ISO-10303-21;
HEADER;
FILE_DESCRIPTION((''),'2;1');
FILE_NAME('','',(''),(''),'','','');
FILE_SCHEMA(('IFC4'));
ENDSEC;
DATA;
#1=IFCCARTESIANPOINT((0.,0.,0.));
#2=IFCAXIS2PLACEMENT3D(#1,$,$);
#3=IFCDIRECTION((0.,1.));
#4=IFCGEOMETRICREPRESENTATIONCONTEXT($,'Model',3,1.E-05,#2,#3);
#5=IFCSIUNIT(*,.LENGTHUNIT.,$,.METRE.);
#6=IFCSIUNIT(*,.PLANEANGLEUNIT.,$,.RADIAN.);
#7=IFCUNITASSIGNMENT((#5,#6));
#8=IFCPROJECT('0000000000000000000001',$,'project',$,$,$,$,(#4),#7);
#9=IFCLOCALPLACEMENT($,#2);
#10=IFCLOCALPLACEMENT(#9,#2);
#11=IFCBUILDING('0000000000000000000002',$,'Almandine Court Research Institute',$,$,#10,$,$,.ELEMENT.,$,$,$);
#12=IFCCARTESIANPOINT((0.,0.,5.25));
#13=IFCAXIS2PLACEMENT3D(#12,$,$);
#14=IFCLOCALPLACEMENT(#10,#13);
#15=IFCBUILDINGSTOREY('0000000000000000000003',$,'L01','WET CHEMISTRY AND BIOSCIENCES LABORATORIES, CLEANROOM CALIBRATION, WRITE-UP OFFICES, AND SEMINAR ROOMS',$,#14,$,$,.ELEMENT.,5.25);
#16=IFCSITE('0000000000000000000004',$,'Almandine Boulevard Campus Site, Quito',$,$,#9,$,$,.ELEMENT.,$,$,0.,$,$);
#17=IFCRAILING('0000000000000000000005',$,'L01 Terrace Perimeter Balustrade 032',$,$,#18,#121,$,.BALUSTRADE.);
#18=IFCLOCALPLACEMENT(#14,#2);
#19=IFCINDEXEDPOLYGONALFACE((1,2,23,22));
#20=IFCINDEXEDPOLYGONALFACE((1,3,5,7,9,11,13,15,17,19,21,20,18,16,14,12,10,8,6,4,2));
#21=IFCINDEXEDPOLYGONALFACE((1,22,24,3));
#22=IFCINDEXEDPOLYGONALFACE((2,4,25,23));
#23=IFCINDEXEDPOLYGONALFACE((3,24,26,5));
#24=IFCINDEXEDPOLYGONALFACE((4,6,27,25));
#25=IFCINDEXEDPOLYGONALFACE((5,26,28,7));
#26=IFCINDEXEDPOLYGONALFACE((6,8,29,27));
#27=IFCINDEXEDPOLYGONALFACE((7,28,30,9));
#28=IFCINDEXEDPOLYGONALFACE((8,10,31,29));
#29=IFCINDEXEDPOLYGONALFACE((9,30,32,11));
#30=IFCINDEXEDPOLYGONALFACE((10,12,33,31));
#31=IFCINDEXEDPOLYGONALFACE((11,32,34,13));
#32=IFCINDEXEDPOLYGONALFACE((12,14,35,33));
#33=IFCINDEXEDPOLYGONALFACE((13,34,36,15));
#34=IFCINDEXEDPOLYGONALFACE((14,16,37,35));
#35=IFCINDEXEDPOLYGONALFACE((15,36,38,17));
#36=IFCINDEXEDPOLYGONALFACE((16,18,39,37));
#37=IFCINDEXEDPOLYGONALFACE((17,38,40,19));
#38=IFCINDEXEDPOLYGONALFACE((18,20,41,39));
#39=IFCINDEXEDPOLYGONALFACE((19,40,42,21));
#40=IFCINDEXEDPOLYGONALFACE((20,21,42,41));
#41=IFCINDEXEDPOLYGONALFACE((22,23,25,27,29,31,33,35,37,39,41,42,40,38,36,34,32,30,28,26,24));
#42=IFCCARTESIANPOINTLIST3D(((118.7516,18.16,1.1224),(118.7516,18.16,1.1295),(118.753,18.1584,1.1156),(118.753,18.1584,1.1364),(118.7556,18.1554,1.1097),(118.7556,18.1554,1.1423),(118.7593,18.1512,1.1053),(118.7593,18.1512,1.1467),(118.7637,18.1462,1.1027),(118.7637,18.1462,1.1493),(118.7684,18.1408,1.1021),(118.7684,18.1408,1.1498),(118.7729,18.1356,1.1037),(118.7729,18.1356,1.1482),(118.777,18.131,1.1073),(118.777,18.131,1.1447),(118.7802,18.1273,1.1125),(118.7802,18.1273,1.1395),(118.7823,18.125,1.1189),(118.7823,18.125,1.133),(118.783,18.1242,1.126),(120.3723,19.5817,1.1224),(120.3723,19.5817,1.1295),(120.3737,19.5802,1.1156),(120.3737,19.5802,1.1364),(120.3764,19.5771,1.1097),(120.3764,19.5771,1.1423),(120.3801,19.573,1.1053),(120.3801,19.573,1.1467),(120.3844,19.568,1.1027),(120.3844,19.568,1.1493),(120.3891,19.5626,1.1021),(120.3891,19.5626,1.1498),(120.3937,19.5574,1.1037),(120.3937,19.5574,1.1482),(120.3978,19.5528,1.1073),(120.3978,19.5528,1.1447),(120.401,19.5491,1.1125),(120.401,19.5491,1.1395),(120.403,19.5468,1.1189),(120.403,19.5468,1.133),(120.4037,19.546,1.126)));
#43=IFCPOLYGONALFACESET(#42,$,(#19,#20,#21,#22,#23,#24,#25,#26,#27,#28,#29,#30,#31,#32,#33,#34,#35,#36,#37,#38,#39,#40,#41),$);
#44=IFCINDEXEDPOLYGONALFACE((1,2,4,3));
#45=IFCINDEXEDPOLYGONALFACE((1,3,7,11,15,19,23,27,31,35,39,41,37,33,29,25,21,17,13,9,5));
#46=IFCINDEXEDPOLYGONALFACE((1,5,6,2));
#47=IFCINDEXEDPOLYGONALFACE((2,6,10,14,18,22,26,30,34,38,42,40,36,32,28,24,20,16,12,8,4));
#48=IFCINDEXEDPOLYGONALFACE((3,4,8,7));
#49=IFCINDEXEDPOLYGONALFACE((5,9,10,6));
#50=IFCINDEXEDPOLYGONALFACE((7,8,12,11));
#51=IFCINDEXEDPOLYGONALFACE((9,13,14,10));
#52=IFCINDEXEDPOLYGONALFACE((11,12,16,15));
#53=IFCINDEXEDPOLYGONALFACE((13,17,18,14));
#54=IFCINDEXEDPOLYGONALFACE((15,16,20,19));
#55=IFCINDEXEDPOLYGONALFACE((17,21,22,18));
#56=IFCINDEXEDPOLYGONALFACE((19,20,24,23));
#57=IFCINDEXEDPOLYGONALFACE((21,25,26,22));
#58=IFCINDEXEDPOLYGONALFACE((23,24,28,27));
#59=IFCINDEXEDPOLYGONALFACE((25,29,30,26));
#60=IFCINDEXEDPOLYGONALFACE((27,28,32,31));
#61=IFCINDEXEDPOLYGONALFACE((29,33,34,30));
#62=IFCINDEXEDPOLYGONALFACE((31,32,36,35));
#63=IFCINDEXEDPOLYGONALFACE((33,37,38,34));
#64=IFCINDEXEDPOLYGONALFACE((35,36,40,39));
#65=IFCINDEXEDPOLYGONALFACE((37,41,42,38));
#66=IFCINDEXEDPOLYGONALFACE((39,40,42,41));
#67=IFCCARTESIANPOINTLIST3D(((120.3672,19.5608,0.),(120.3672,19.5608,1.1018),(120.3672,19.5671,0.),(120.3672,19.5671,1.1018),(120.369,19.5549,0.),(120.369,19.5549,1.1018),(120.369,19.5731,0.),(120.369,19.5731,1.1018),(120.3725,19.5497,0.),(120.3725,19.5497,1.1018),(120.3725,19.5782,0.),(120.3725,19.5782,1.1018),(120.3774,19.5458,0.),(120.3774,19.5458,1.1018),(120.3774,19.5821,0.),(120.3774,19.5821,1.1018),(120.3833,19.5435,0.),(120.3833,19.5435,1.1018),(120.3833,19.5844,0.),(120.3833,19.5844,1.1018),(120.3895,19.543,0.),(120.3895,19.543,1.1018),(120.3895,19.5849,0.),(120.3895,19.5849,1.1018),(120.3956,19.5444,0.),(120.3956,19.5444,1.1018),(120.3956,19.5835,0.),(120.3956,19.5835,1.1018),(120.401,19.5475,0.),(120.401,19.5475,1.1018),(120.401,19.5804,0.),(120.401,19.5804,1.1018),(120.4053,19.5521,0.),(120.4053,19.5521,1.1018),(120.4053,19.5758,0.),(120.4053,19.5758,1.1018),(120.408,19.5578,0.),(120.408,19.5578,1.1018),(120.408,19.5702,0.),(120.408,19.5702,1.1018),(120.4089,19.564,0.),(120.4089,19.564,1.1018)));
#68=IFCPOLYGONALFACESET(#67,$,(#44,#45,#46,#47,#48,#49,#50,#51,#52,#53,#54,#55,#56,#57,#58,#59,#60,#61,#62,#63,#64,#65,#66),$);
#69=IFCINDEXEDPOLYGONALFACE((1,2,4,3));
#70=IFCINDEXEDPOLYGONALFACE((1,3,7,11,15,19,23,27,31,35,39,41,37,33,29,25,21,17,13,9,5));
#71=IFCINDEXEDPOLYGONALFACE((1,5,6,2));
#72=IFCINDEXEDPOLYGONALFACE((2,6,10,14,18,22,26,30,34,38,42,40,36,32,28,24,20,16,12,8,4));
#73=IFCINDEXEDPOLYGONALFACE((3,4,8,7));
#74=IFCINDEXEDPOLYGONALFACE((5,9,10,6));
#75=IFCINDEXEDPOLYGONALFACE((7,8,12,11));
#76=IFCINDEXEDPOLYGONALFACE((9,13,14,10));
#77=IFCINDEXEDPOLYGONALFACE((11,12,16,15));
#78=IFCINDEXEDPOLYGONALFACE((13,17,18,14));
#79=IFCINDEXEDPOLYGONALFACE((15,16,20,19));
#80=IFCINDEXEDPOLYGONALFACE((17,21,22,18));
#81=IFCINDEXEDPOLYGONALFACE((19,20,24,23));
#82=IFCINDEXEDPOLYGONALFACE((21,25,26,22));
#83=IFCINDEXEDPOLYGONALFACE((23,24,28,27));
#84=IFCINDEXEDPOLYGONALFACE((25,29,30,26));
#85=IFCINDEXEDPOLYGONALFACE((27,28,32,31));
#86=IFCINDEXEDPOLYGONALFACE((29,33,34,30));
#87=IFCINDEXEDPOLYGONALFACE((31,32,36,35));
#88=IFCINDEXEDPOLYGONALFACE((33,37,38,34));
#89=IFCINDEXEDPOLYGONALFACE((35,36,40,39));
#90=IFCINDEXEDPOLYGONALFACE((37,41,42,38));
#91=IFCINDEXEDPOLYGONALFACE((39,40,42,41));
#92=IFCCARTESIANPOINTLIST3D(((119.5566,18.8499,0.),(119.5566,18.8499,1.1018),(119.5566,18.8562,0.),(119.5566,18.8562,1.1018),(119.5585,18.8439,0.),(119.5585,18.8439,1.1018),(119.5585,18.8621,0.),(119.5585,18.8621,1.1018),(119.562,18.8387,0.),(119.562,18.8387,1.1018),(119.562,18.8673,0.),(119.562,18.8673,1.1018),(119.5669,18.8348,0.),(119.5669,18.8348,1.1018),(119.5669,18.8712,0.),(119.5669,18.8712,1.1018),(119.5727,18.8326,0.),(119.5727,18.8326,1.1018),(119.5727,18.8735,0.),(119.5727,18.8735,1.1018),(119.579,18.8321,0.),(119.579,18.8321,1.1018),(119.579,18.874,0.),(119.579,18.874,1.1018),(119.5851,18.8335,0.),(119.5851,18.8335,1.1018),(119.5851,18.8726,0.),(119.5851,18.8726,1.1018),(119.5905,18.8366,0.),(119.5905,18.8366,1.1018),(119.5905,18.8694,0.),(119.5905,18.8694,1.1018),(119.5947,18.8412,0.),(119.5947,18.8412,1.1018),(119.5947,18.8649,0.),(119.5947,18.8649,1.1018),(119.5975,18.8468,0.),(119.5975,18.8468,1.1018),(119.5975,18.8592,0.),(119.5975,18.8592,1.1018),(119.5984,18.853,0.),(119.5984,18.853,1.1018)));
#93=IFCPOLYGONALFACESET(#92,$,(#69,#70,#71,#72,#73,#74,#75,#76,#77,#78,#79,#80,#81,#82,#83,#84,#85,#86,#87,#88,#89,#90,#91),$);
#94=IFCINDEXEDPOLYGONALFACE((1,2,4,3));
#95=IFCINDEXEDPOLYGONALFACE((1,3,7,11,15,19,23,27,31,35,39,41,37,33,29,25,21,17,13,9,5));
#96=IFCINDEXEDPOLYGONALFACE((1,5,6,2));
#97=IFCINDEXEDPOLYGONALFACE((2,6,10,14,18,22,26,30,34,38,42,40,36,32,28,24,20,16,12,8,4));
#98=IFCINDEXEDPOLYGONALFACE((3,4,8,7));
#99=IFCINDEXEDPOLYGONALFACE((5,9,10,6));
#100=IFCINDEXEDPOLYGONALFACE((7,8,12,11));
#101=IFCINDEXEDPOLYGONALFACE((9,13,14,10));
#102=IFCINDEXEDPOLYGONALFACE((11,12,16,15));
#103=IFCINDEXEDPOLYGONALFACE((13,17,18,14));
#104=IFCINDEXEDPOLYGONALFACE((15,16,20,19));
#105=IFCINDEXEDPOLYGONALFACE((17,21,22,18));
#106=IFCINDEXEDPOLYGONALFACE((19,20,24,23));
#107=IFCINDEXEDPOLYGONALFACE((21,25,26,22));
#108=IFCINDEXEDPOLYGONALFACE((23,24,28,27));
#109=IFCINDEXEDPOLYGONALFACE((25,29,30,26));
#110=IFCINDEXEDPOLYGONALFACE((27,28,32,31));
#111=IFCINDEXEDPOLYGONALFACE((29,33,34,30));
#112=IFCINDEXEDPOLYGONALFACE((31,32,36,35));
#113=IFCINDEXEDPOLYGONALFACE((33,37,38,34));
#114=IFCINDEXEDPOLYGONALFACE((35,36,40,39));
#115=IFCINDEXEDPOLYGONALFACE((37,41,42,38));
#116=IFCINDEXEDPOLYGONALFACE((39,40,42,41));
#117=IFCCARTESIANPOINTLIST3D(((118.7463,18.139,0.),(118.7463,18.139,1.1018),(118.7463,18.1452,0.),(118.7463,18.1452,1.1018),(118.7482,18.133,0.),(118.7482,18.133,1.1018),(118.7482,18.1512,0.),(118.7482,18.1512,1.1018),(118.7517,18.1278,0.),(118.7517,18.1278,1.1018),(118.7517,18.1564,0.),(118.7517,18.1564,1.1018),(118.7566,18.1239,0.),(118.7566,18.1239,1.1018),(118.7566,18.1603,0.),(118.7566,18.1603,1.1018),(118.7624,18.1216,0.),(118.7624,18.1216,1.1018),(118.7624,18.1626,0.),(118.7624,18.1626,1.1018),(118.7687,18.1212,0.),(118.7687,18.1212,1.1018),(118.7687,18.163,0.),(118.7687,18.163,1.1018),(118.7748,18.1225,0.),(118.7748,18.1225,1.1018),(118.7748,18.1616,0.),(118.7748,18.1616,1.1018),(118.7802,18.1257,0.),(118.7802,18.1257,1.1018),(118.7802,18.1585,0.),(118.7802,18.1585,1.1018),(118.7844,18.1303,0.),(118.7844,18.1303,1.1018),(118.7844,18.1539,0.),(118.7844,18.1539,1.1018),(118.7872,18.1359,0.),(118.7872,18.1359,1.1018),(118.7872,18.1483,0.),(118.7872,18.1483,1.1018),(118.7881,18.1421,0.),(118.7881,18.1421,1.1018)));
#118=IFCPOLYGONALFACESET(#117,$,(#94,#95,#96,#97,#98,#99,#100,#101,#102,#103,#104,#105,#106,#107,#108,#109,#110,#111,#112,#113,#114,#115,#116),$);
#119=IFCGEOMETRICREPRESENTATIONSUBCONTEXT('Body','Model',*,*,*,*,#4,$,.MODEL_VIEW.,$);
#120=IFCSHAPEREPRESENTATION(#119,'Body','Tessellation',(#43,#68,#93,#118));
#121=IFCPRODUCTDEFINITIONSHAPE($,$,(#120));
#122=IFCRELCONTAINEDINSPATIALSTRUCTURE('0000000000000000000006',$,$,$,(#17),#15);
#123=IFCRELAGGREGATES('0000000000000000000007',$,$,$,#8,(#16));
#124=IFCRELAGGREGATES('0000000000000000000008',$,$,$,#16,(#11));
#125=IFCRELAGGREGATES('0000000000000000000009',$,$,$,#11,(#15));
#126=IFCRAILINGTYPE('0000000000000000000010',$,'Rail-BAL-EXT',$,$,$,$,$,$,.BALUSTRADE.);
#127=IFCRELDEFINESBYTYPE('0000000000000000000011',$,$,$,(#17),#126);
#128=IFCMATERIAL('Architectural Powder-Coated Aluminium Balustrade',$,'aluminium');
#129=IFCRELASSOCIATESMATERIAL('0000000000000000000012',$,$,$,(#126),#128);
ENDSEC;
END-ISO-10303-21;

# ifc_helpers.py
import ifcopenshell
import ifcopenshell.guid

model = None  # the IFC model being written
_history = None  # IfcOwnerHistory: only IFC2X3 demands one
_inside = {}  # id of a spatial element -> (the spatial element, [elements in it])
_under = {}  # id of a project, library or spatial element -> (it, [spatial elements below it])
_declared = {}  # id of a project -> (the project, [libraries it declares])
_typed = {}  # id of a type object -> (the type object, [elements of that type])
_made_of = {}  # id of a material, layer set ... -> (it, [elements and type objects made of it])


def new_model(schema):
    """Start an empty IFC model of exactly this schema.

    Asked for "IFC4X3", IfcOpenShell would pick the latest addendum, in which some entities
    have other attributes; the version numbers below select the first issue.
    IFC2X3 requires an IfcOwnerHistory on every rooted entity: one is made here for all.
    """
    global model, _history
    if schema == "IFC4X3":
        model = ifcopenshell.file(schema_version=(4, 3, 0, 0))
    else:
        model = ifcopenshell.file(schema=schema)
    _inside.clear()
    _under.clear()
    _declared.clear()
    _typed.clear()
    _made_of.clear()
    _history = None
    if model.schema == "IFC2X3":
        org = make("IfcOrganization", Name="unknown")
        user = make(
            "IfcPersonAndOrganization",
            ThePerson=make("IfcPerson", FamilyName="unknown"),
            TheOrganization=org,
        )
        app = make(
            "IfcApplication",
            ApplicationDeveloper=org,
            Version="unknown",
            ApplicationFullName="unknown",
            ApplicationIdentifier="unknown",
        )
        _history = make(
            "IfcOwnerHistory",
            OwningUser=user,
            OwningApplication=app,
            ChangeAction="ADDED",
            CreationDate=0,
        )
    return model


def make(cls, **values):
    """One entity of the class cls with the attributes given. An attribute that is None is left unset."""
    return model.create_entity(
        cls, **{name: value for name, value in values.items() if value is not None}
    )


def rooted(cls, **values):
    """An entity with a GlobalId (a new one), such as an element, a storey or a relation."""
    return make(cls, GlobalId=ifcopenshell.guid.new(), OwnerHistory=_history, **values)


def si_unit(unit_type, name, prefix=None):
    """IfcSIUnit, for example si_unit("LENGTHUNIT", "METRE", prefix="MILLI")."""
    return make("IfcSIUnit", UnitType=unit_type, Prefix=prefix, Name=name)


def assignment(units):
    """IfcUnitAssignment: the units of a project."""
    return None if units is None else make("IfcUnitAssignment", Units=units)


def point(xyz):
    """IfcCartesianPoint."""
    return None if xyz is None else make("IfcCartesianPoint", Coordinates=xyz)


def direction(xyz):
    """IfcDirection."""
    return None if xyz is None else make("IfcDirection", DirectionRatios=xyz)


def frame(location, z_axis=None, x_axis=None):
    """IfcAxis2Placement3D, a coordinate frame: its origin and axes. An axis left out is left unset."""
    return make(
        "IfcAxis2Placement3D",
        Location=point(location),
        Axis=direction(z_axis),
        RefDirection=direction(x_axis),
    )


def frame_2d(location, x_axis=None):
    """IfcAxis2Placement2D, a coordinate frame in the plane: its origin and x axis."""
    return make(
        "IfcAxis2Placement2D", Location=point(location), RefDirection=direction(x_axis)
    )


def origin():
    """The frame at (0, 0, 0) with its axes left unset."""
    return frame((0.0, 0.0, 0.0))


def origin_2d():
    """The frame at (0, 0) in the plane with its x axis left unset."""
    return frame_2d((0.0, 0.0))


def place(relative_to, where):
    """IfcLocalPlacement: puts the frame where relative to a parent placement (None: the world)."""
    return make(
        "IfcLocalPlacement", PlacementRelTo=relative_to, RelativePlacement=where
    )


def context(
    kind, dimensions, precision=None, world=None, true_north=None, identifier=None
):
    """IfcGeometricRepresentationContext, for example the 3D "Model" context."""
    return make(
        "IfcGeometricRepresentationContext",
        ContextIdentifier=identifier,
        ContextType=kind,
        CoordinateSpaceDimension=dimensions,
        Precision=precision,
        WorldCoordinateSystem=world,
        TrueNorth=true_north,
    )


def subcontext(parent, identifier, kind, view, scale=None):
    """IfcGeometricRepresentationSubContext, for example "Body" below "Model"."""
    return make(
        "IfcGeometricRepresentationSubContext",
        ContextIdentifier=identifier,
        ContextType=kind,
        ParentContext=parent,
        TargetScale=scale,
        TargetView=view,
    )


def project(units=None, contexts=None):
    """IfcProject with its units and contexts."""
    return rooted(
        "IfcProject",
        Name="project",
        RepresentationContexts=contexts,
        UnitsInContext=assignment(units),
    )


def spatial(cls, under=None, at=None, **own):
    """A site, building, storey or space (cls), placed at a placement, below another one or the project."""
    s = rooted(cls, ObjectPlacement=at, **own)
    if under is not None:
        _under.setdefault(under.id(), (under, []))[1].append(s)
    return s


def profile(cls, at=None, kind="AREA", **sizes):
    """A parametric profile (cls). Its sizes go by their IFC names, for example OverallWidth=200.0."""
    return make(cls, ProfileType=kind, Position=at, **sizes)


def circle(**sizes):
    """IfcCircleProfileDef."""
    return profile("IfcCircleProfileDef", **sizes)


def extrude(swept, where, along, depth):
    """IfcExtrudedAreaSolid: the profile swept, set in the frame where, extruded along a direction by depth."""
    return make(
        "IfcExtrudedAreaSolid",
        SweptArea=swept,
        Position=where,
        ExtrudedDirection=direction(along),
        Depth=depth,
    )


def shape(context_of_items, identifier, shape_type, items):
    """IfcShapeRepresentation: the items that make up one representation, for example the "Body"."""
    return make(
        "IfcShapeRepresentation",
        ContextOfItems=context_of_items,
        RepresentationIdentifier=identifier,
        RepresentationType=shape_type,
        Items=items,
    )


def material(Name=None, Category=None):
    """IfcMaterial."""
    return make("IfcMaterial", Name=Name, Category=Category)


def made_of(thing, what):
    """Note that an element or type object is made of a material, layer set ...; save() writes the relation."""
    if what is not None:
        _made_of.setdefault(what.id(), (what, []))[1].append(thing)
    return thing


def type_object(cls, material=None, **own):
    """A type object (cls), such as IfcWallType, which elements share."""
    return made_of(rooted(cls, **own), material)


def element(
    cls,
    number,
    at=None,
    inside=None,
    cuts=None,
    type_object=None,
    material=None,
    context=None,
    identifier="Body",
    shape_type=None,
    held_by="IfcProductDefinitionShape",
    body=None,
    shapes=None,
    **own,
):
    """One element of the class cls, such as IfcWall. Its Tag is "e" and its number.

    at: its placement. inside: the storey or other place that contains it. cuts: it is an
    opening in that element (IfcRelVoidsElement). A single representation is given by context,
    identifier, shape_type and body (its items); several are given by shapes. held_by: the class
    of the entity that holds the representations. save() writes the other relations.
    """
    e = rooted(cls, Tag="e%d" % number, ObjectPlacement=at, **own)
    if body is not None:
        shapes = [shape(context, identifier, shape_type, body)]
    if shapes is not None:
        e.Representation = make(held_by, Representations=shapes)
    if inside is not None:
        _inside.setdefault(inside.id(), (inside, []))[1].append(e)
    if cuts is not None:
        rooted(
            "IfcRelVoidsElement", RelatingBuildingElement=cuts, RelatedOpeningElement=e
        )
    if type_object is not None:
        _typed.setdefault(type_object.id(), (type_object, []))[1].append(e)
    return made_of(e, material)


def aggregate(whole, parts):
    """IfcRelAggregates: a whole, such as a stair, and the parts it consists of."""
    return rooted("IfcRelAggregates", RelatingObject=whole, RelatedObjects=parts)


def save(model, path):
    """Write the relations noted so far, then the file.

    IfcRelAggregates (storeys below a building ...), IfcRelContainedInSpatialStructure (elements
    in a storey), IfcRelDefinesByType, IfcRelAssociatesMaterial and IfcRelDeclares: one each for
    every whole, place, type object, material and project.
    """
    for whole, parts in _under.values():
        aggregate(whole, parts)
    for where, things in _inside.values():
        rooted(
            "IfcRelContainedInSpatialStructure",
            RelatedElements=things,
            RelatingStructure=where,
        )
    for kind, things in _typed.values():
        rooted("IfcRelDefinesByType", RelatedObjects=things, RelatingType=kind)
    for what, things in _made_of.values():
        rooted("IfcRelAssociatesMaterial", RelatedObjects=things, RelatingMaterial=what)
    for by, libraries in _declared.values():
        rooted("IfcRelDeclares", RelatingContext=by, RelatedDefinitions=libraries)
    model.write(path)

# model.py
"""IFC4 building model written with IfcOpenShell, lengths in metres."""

from ifc_helpers import new_model, si_unit, direction, frame, origin, origin_2d, place, context, subcontext, project, spatial, circle, extrude, material, type_object, element, save


model = new_model("IFC4")

# Units and contexts
model_context = context("Model", 3, precision=1e-05, world=origin(), true_north=direction((0.0, 1.0)))
body_context = subcontext(model_context, "Body", "Model", "MODEL_VIEW")
ifc_project = project(units=[si_unit("LENGTHUNIT", "METRE"), si_unit("PLANEANGLEUNIT", "RADIAN")], contexts=[model_context])

# Site, building, storey
site_placement = place(None, origin())
site = spatial("IfcSite", under=ifc_project, at=site_placement, Name="Almandine Boulevard Campus Site, Quito", CompositionType="ELEMENT", RefElevation=0.0)
building_placement = place(site_placement, origin())
building = spatial("IfcBuilding", under=site, at=building_placement, Name="Almandine Court Research Institute", CompositionType="ELEMENT")
storey_placement = place(building_placement, frame((0.0, 0.0, 5.25)))
storey = spatial("IfcBuildingStorey", under=building, at=storey_placement, Name="L01", Description="WET CHEMISTRY AND BIOSCIENCES LABORATORIES, CLEANROOM CALIBRATION, WRITE-UP OFFICES, AND SEMINAR ROOMS", CompositionType="ELEMENT", Elevation=5.25)

# Railing
ifc_material_1 = material(Name="Architectural Powder-Coated Aluminium Balustrade", Category="aluminium")
railing_type = type_object("IfcRailingType", Name="Rail-BAL-EXT", PredefinedType="BALUSTRADE", material=ifc_material_1)
railing_1_placement = place(storey_placement, frame((120.3879, 19.564, 0.0)))
element("IfcRailing", 1, at=railing_1_placement, inside=storey, type_object=railing_type, Name="L01 Terrace Perimeter Balustrade 032", PredefinedType="BALUSTRADE", context=body_context, shape_type="SweptSolid", body=[
    extrude(circle(Radius=0.0239, at=origin_2d()), frame((0.0, 0.0, 1.126), z_axis=(-0.751741, -0.659458, 0.0), x_axis=(0.659458, -0.751741, 0.0)), (0.0, 0.0, 1.0), 2.156),
    extrude(circle(Radius=0.021, at=origin_2d()), origin(), (0.0, 0.0, 1.0), 1.1018),
    extrude(circle(Radius=0.021, at=origin_2d()), frame((-0.8105, -0.7109, 0.0)), (0.0, 0.0, 1.0), 1.1018),
    extrude(circle(Radius=0.021, at=origin_2d()), frame((-1.6208, -1.4219, 0.0)), (0.0, 0.0, 1.0), 1.1018),
])

save(model, "model.ifc")
